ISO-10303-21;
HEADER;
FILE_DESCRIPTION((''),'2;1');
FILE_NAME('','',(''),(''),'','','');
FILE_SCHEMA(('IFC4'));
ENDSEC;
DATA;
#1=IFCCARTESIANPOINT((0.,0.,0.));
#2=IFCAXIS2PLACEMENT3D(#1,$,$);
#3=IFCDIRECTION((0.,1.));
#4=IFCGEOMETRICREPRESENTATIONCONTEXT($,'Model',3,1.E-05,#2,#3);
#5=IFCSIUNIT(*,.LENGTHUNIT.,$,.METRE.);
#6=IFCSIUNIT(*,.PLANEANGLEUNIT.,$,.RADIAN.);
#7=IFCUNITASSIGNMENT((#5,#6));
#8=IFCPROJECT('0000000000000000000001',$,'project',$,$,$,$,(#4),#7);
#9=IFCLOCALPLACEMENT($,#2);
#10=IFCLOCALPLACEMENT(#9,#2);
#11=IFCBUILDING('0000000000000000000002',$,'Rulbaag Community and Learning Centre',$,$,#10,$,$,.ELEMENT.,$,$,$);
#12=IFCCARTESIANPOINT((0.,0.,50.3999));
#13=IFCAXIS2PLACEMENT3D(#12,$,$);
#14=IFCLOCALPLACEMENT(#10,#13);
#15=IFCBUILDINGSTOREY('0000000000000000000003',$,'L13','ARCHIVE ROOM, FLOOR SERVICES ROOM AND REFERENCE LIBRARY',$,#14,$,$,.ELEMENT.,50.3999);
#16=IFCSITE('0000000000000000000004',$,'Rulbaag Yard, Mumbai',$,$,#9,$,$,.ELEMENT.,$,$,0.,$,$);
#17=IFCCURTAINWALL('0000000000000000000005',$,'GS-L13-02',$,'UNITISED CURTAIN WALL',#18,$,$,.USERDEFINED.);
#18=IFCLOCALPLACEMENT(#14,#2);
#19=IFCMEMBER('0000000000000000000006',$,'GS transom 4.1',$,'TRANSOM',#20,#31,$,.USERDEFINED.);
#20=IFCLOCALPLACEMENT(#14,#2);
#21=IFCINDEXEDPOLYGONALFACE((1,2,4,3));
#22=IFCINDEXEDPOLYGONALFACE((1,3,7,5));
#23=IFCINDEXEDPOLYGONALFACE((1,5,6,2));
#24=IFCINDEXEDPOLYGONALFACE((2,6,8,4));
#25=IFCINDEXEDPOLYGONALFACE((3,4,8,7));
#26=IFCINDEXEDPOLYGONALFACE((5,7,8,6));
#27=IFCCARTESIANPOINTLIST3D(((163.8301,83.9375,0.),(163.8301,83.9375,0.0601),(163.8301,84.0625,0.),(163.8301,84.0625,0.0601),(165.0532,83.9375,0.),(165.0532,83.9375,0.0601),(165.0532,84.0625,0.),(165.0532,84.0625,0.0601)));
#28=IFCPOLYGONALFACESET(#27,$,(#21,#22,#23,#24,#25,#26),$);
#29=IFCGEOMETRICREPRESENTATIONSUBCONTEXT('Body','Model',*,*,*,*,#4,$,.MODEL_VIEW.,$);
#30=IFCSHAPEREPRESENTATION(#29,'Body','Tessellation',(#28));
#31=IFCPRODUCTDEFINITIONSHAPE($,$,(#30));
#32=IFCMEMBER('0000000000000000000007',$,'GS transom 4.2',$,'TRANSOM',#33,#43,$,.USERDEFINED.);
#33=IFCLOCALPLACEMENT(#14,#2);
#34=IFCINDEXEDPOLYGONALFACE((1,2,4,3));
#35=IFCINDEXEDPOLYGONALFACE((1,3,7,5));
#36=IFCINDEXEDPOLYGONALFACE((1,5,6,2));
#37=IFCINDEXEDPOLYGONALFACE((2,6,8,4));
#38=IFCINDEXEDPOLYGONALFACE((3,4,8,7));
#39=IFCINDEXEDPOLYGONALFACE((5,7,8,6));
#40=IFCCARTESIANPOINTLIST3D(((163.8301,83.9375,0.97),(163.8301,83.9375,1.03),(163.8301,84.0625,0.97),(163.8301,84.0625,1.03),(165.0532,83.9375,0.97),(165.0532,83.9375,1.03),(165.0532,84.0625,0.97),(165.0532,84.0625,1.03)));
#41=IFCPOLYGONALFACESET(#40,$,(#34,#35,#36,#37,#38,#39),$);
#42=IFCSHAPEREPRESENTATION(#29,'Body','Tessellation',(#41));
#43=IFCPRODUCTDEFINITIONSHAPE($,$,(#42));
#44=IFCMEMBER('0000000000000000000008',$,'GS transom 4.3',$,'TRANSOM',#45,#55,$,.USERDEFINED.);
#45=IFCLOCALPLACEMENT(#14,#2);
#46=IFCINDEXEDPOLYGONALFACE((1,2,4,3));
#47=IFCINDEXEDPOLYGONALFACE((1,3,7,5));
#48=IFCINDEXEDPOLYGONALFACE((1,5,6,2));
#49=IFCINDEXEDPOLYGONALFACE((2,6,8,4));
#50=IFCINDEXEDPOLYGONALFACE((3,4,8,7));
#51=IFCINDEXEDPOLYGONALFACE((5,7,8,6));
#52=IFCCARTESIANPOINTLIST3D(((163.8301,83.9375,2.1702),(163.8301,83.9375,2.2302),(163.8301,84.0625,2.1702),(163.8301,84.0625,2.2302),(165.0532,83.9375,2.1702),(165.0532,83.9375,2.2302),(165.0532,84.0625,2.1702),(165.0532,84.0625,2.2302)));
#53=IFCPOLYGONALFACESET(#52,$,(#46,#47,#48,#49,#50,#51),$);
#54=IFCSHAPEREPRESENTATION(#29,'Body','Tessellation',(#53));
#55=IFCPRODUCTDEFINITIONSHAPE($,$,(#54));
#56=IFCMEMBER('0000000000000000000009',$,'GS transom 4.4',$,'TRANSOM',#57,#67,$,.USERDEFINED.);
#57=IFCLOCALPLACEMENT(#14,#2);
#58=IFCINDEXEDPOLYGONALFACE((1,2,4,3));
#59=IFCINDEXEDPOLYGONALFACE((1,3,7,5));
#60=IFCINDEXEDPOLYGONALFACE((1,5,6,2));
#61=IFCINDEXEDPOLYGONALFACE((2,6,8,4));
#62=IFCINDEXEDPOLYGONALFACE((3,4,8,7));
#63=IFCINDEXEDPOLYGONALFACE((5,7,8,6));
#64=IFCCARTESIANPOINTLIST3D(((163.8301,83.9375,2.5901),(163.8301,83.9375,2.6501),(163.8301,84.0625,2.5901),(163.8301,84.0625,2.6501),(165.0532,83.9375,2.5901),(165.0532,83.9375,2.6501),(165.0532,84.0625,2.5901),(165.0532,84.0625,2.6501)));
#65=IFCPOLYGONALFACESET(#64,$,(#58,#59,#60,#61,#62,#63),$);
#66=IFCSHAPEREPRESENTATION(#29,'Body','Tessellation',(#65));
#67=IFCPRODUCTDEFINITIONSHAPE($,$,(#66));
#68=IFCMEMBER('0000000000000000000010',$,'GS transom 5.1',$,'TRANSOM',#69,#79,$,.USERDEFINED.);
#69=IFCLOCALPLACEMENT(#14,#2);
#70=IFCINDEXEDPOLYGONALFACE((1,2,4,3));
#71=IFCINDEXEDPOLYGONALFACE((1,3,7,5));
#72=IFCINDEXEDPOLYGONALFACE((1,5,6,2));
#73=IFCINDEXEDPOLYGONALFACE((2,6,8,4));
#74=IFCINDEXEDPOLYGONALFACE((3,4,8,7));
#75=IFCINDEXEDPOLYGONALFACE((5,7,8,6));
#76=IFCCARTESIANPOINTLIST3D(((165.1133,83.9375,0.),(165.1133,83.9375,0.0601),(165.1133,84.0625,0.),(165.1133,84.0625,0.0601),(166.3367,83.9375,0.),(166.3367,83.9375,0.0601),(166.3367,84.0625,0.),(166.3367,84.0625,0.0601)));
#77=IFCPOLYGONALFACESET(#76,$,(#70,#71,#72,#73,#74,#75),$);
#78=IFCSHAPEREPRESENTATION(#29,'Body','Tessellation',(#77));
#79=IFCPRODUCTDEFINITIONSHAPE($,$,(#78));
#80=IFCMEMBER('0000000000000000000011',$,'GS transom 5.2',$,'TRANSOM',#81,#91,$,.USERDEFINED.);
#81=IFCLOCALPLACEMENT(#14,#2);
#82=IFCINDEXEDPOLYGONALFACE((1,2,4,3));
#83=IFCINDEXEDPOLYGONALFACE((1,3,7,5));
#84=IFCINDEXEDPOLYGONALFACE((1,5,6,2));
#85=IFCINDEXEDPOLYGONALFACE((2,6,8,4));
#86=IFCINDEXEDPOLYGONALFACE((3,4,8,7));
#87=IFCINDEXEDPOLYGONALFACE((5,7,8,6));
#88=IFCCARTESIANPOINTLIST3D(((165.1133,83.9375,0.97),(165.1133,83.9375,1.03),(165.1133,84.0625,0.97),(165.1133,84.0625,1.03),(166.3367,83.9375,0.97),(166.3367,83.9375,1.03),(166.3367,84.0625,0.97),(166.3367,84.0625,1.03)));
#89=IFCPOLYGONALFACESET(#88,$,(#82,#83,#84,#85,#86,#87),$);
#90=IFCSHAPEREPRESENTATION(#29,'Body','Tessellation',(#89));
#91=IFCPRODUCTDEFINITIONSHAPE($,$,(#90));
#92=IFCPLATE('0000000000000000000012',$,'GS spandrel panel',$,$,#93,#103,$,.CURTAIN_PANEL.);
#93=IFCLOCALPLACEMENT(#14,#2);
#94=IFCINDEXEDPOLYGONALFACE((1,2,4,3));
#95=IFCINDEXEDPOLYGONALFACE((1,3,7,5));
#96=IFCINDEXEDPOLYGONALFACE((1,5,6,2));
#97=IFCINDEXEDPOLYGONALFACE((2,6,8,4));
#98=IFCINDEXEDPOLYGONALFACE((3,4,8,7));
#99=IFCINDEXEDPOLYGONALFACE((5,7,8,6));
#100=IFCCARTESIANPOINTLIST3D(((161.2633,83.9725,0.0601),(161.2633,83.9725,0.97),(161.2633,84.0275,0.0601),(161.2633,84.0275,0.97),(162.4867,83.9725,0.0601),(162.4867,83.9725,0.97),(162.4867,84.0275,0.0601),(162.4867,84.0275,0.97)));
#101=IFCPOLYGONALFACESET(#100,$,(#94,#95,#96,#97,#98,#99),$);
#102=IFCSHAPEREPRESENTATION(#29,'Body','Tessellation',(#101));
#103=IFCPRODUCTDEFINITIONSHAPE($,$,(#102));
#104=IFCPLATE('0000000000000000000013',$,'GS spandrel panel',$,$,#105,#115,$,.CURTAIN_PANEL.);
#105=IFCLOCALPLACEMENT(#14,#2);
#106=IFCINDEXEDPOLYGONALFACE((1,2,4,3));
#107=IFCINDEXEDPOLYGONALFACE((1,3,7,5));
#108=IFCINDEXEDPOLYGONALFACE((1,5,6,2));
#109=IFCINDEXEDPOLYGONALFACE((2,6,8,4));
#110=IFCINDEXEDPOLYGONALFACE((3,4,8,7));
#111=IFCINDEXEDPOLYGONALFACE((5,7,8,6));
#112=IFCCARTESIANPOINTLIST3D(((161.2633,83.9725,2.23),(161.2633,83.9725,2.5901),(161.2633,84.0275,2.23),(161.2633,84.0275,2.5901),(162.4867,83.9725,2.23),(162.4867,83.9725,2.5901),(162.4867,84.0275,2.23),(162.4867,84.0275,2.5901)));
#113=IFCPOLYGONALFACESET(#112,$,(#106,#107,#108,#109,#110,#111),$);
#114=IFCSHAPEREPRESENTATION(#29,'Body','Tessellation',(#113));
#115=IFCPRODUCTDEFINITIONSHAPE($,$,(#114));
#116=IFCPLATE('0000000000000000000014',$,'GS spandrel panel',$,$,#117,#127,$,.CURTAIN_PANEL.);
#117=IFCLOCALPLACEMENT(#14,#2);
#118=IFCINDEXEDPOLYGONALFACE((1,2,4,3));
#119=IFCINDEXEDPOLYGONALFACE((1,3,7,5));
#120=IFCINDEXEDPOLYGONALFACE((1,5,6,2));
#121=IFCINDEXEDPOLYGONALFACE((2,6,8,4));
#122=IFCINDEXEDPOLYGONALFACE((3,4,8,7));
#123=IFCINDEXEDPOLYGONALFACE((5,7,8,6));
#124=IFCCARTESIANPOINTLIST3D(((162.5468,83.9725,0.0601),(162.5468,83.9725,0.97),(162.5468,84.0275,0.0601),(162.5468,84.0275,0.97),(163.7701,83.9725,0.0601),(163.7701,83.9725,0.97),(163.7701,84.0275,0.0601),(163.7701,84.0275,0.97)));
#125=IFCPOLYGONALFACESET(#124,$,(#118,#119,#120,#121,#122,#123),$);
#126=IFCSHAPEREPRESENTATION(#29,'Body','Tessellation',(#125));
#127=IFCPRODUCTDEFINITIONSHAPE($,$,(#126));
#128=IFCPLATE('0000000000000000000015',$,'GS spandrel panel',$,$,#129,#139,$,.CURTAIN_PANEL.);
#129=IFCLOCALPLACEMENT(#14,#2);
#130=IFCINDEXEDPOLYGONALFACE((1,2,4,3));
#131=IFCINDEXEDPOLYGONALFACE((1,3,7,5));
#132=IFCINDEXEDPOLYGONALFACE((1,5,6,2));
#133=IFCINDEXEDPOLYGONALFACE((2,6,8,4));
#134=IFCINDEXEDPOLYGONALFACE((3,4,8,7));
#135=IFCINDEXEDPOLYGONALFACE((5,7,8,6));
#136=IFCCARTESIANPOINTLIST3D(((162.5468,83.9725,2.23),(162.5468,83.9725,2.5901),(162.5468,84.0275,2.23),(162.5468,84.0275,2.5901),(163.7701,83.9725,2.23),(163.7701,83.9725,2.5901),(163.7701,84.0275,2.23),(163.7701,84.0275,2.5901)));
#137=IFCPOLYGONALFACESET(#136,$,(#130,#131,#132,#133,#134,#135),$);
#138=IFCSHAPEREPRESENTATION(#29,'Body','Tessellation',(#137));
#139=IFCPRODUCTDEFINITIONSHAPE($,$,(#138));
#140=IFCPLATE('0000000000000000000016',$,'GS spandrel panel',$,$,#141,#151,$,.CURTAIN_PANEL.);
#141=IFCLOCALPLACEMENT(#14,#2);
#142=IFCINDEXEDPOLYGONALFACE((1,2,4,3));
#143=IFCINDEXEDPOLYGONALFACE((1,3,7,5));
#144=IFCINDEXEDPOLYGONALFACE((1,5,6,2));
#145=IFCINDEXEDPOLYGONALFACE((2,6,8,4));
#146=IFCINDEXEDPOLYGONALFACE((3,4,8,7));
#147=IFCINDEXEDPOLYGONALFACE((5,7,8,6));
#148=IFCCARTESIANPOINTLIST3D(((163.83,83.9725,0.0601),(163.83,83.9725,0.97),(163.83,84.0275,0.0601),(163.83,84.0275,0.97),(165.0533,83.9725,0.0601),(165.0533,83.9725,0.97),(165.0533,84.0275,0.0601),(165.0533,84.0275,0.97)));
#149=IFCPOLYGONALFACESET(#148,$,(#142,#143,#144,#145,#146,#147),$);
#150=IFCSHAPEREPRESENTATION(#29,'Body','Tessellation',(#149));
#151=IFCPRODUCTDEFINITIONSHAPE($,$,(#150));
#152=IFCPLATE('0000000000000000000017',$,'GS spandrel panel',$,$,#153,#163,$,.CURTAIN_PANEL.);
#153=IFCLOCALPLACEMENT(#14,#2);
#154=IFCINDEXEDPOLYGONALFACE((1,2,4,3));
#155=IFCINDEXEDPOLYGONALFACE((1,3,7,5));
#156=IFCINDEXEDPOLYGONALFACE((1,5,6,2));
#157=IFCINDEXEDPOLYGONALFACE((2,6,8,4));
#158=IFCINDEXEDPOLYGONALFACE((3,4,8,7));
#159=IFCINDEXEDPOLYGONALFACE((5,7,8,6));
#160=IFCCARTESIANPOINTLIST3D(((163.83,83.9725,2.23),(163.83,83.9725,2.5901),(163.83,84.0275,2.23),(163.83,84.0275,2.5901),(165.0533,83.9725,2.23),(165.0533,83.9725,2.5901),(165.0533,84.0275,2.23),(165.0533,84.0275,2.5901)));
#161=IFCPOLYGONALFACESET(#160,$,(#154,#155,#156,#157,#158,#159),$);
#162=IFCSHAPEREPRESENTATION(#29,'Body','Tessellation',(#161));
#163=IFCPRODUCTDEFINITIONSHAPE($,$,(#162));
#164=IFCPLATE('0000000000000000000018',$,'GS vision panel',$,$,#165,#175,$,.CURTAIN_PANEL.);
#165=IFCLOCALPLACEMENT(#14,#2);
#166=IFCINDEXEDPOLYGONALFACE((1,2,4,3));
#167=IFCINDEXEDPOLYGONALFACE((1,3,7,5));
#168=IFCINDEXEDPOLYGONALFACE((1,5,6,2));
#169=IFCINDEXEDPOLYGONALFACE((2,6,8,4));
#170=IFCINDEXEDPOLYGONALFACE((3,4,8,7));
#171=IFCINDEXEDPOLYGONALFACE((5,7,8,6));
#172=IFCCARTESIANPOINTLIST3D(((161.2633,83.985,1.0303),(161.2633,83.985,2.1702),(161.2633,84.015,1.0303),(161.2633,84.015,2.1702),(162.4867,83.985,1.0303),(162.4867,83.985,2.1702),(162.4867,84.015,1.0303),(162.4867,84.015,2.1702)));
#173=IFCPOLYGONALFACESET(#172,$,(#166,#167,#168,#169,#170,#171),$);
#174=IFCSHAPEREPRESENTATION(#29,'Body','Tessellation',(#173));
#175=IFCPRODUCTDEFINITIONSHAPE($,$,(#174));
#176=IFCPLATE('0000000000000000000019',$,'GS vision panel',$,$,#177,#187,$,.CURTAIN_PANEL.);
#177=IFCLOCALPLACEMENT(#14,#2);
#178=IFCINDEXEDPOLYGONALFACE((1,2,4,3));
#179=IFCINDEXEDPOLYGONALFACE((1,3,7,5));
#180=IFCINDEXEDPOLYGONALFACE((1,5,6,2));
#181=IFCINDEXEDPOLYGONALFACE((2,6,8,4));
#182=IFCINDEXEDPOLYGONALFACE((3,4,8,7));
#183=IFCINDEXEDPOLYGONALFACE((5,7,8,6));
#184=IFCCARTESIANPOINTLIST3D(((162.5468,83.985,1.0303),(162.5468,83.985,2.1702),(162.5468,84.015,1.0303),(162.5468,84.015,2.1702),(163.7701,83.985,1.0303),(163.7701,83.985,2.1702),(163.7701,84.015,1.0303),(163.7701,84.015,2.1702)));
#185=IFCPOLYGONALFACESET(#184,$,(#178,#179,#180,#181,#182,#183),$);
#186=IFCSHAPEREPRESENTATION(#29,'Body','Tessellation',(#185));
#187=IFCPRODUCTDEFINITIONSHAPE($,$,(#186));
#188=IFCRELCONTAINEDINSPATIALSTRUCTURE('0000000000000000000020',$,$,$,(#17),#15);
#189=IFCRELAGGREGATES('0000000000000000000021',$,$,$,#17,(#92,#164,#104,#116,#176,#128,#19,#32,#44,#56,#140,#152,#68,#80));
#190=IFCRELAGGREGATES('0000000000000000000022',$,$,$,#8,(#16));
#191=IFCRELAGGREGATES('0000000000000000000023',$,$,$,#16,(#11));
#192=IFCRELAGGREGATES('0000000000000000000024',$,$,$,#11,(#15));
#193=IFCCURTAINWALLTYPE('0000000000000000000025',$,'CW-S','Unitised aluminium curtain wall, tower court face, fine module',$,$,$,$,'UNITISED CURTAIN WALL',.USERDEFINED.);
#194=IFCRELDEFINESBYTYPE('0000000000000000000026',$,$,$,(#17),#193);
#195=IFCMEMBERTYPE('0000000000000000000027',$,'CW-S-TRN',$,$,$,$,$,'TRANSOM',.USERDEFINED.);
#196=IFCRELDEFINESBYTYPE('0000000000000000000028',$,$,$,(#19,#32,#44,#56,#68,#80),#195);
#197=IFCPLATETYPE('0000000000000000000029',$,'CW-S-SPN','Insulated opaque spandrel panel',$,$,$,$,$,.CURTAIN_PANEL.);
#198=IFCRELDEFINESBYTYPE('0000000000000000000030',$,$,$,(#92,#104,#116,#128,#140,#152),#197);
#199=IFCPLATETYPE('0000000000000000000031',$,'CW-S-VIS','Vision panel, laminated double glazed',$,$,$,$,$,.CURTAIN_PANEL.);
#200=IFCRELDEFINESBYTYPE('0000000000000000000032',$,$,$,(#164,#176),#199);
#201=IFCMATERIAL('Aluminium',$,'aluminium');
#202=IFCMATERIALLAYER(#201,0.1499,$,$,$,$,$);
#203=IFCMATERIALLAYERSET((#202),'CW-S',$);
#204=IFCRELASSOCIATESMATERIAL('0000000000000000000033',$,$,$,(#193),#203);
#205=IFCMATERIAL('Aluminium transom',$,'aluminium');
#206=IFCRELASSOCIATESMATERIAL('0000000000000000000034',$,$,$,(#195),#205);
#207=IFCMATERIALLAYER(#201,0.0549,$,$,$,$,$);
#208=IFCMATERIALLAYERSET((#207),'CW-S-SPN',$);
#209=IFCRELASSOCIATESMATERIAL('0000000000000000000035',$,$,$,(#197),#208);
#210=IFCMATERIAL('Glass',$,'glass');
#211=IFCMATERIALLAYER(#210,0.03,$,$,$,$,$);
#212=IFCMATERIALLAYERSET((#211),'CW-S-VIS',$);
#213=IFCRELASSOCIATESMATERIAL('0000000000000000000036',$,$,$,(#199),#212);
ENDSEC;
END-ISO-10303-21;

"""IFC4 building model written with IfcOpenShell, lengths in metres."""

from ifc_helpers import new_model, si_unit, direction, frame, origin, origin_2d, place, context, subcontext, project, spatial, rectangle, extrude, material, layer, layer_set, material_profile, profile_set, type_object, element, aggregate, save


model = new_model("IFC4")

# Units and contexts
model_context = context("Model", 3, precision=1e-05, world=origin(), true_north=direction((0.0, 1.0)))
body_context = subcontext(model_context, "Body", "Model", "MODEL_VIEW")
ifc_project = project(units=[si_unit("LENGTHUNIT", "METRE"), si_unit("PLANEANGLEUNIT", "RADIAN")], contexts=[model_context])

# Site, building, storey
site_placement = place(None, origin())
site = spatial("IfcSite", under=ifc_project, at=site_placement, Name="Rulbaag Yard, Mumbai", CompositionType="ELEMENT", RefElevation=0.0)
building_placement = place(site_placement, origin())
building = spatial("IfcBuilding", under=site, at=building_placement, Name="Rulbaag Community and Learning Centre", CompositionType="ELEMENT")
storey_placement = place(building_placement, frame((0.0, 0.0, 50.3999)))
storey = spatial("IfcBuildingStorey", under=building, at=storey_placement, Name="L13", Description="ARCHIVE ROOM, FLOOR SERVICES ROOM AND REFERENCE LIBRARY", CompositionType="ELEMENT", Elevation=50.3999)

# Curtain wall, members, plates
ifc_material_1 = material(Name="Aluminium", Category="aluminium")
ifc_layer_1 = layer(ifc_material_1, 0.1499)
ifc_layer_set_1 = layer_set([ifc_layer_1], Name="CW-S")
curtain_wall_type = type_object("IfcCurtainWallType", Name="CW-S", Description="Unitised aluminium curtain wall, tower court face, fine module", ElementType="UNITISED CURTAIN WALL", PredefinedType="USERDEFINED", material=ifc_layer_set_1)
curtain_wall_placement = place(storey_placement, origin())
curtain_wall = element("IfcCurtainWall", 1, at=curtain_wall_placement, inside=storey, type_object=curtain_wall_type, Name="GS-L13-02", ObjectType="UNITISED CURTAIN WALL", PredefinedType="USERDEFINED")
ifc_material_2 = material(Name="Aluminium transom", Category="aluminium")
ifc_material_profile_1 = material_profile(ifc_material_2, rectangle(XDim=0.125, YDim=0.0601, at=origin_2d()), Name="AL 60x125 T")
ifc_profile_set_1 = profile_set([ifc_material_profile_1], Name="Aluminium transom")
member_type_1 = type_object("IfcMemberType", Name="CW-S-TRN", ElementType="TRANSOM", PredefinedType="USERDEFINED", material=ifc_profile_set_1)
member_1_placement = place(storey_placement, frame((163.8301, 84.0, 0.03), z_axis=(1.0, 0.0, 0.0), x_axis=(0.0, 1.0, 0.0)))
member_1 = element("IfcMember", 2, at=member_1_placement, type_object=member_type_1, Name="GS transom 4.1", ObjectType="TRANSOM", PredefinedType="USERDEFINED", context=body_context, shape_type="SweptSolid", body=[
    extrude(rectangle(XDim=0.125, YDim=0.0601, at=origin_2d()), origin(), (0.0, 0.0, 1.0), 1.2231),
])
member_2_placement = place(storey_placement, frame((163.8301, 84.0, 1.0), z_axis=(1.0, 0.0, 0.0), x_axis=(0.0, 1.0, 0.0)))
member_2 = element("IfcMember", 3, at=member_2_placement, type_object=member_type_1, Name="GS transom 4.2", ObjectType="TRANSOM", PredefinedType="USERDEFINED", context=body_context, shape_type="SweptSolid", body=[
    extrude(rectangle(XDim=0.125, YDim=0.0601, at=origin_2d()), origin(), (0.0, 0.0, 1.0), 1.2231),
])
member_3_placement = place(storey_placement, frame((163.8301, 84.0, 2.2002), z_axis=(1.0, 0.0, 0.0), x_axis=(0.0, 1.0, 0.0)))
member_3 = element("IfcMember", 4, at=member_3_placement, type_object=member_type_1, Name="GS transom 4.3", ObjectType="TRANSOM", PredefinedType="USERDEFINED", context=body_context, shape_type="SweptSolid", body=[
    extrude(rectangle(XDim=0.125, YDim=0.0601, at=origin_2d()), origin(), (0.0, 0.0, 1.0), 1.2231),
])
member_4_placement = place(storey_placement, frame((163.8301, 84.0, 2.6201), z_axis=(1.0, 0.0, 0.0), x_axis=(0.0, 1.0, 0.0)))
member_4 = element("IfcMember", 5, at=member_4_placement, type_object=member_type_1, Name="GS transom 4.4", ObjectType="TRANSOM", PredefinedType="USERDEFINED", context=body_context, shape_type="SweptSolid", body=[
    extrude(rectangle(XDim=0.125, YDim=0.0601, at=origin_2d()), origin(), (0.0, 0.0, 1.0), 1.2231),
])
member_5_placement = place(storey_placement, frame((165.1133, 84.0, 0.03), z_axis=(1.0, 0.0, 0.0), x_axis=(0.0, 1.0, 0.0)))
member_5 = element("IfcMember", 6, at=member_5_placement, type_object=member_type_1, Name="GS transom 5.1", ObjectType="TRANSOM", PredefinedType="USERDEFINED", context=body_context, shape_type="SweptSolid", body=[
    extrude(rectangle(XDim=0.125, YDim=0.0601, at=origin_2d()), origin(), (0.0, 0.0, 1.0), 1.2234),
])
member_6_placement = place(storey_placement, frame((165.1133, 84.0, 1.0), z_axis=(1.0, 0.0, 0.0), x_axis=(0.0, 1.0, 0.0)))
member_6 = element("IfcMember", 7, at=member_6_placement, type_object=member_type_1, Name="GS transom 5.2", ObjectType="TRANSOM", PredefinedType="USERDEFINED", context=body_context, shape_type="SweptSolid", body=[
    extrude(rectangle(XDim=0.125, YDim=0.0601, at=origin_2d()), origin(), (0.0, 0.0, 1.0), 1.2234),
])
ifc_layer_2 = layer(ifc_material_1, 0.0549)
ifc_layer_set_2 = layer_set([ifc_layer_2], Name="CW-S-SPN")
plate_type_1 = type_object("IfcPlateType", Name="CW-S-SPN", Description="Insulated opaque spandrel panel", PredefinedType="CURTAIN_PANEL", material=ifc_layer_set_2)
plate_1_placement = place(storey_placement, frame((161.875, 84.0, 0.0601), z_axis=(0.0, 0.0, 1.0), x_axis=(1.0, 0.0, 0.0)))
plate_1 = element("IfcPlate", 8, at=plate_1_placement, type_object=plate_type_1, Name="GS spandrel panel", PredefinedType="CURTAIN_PANEL", context=body_context, shape_type="SweptSolid", body=[
    extrude(rectangle(XDim=1.2234, YDim=0.0549, at=origin_2d()), origin(), (0.0, 0.0, 1.0), 0.9099),
])
plate_2_placement = place(storey_placement, frame((161.875, 84.0, 2.23), z_axis=(0.0, 0.0, 1.0), x_axis=(1.0, 0.0, 0.0)))
plate_2 = element("IfcPlate", 9, at=plate_2_placement, type_object=plate_type_1, Name="GS spandrel panel", PredefinedType="CURTAIN_PANEL", context=body_context, shape_type="SweptSolid", body=[
    extrude(rectangle(XDim=1.2234, YDim=0.0549, at=origin_2d()), origin(), (0.0, 0.0, 1.0), 0.3601),
])
plate_3_placement = place(storey_placement, frame((163.1584, 84.0, 0.0601), z_axis=(0.0, 0.0, 1.0), x_axis=(1.0, 0.0, 0.0)))
plate_3 = element("IfcPlate", 10, at=plate_3_placement, type_object=plate_type_1, Name="GS spandrel panel", PredefinedType="CURTAIN_PANEL", context=body_context, shape_type="SweptSolid", body=[
    extrude(rectangle(XDim=1.2234, YDim=0.0549, at=origin_2d()), origin(), (0.0, 0.0, 1.0), 0.9099),
])
plate_4_placement = place(storey_placement, frame((163.1584, 84.0, 2.23), z_axis=(0.0, 0.0, 1.0), x_axis=(1.0, 0.0, 0.0)))
plate_4 = element("IfcPlate", 11, at=plate_4_placement, type_object=plate_type_1, Name="GS spandrel panel", PredefinedType="CURTAIN_PANEL", context=body_context, shape_type="SweptSolid", body=[
    extrude(rectangle(XDim=1.2234, YDim=0.0549, at=origin_2d()), origin(), (0.0, 0.0, 1.0), 0.3601),
])
plate_5_placement = place(storey_placement, frame((164.4417, 84.0, 0.0601), z_axis=(0.0, 0.0, 1.0), x_axis=(1.0, 0.0, 0.0)))
plate_5 = element("IfcPlate", 12, at=plate_5_placement, type_object=plate_type_1, Name="GS spandrel panel", PredefinedType="CURTAIN_PANEL", context=body_context, shape_type="SweptSolid", body=[
    extrude(rectangle(XDim=1.2234, YDim=0.0549, at=origin_2d()), origin(), (0.0, 0.0, 1.0), 0.9099),
])
plate_6_placement = place(storey_placement, frame((164.4417, 84.0, 2.23), z_axis=(0.0, 0.0, 1.0), x_axis=(1.0, 0.0, 0.0)))
plate_6 = element("IfcPlate", 13, at=plate_6_placement, type_object=plate_type_1, Name="GS spandrel panel", PredefinedType="CURTAIN_PANEL", context=body_context, shape_type="SweptSolid", body=[
    extrude(rectangle(XDim=1.2234, YDim=0.0549, at=origin_2d()), origin(), (0.0, 0.0, 1.0), 0.3601),
])
ifc_material_3 = material(Name="Glass", Category="glass")
ifc_layer_3 = layer(ifc_material_3, 0.03)
ifc_layer_set_3 = layer_set([ifc_layer_3], Name="CW-S-VIS")
plate_type_2 = type_object("IfcPlateType", Name="CW-S-VIS", Description="Vision panel, laminated double glazed", PredefinedType="CURTAIN_PANEL", material=ifc_layer_set_3)
plate_7_placement = place(storey_placement, frame((161.875, 84.0, 1.0303), z_axis=(0.0, 0.0, 1.0), x_axis=(1.0, 0.0, 0.0)))
plate_7 = element("IfcPlate", 14, at=plate_7_placement, type_object=plate_type_2, Name="GS vision panel", PredefinedType="CURTAIN_PANEL", context=body_context, shape_type="SweptSolid", body=[
    extrude(rectangle(XDim=1.2234, YDim=0.03, at=origin_2d()), origin(), (0.0, 0.0, 1.0), 1.1399),
])
plate_8_placement = place(storey_placement, frame((163.1584, 84.0, 1.0303), z_axis=(0.0, 0.0, 1.0), x_axis=(1.0, 0.0, 0.0)))
plate_8 = element("IfcPlate", 15, at=plate_8_placement, type_object=plate_type_2, Name="GS vision panel", PredefinedType="CURTAIN_PANEL", context=body_context, shape_type="SweptSolid", body=[
    extrude(rectangle(XDim=1.2234, YDim=0.03, at=origin_2d()), origin(), (0.0, 0.0, 1.0), 1.1399),
])
aggregate(curtain_wall, [plate_1, plate_7, plate_2, plate_3, plate_8, plate_4, member_1, member_2, member_3, member_4, plate_5, plate_6, member_5, member_6])

save(model, "model.ifc")
